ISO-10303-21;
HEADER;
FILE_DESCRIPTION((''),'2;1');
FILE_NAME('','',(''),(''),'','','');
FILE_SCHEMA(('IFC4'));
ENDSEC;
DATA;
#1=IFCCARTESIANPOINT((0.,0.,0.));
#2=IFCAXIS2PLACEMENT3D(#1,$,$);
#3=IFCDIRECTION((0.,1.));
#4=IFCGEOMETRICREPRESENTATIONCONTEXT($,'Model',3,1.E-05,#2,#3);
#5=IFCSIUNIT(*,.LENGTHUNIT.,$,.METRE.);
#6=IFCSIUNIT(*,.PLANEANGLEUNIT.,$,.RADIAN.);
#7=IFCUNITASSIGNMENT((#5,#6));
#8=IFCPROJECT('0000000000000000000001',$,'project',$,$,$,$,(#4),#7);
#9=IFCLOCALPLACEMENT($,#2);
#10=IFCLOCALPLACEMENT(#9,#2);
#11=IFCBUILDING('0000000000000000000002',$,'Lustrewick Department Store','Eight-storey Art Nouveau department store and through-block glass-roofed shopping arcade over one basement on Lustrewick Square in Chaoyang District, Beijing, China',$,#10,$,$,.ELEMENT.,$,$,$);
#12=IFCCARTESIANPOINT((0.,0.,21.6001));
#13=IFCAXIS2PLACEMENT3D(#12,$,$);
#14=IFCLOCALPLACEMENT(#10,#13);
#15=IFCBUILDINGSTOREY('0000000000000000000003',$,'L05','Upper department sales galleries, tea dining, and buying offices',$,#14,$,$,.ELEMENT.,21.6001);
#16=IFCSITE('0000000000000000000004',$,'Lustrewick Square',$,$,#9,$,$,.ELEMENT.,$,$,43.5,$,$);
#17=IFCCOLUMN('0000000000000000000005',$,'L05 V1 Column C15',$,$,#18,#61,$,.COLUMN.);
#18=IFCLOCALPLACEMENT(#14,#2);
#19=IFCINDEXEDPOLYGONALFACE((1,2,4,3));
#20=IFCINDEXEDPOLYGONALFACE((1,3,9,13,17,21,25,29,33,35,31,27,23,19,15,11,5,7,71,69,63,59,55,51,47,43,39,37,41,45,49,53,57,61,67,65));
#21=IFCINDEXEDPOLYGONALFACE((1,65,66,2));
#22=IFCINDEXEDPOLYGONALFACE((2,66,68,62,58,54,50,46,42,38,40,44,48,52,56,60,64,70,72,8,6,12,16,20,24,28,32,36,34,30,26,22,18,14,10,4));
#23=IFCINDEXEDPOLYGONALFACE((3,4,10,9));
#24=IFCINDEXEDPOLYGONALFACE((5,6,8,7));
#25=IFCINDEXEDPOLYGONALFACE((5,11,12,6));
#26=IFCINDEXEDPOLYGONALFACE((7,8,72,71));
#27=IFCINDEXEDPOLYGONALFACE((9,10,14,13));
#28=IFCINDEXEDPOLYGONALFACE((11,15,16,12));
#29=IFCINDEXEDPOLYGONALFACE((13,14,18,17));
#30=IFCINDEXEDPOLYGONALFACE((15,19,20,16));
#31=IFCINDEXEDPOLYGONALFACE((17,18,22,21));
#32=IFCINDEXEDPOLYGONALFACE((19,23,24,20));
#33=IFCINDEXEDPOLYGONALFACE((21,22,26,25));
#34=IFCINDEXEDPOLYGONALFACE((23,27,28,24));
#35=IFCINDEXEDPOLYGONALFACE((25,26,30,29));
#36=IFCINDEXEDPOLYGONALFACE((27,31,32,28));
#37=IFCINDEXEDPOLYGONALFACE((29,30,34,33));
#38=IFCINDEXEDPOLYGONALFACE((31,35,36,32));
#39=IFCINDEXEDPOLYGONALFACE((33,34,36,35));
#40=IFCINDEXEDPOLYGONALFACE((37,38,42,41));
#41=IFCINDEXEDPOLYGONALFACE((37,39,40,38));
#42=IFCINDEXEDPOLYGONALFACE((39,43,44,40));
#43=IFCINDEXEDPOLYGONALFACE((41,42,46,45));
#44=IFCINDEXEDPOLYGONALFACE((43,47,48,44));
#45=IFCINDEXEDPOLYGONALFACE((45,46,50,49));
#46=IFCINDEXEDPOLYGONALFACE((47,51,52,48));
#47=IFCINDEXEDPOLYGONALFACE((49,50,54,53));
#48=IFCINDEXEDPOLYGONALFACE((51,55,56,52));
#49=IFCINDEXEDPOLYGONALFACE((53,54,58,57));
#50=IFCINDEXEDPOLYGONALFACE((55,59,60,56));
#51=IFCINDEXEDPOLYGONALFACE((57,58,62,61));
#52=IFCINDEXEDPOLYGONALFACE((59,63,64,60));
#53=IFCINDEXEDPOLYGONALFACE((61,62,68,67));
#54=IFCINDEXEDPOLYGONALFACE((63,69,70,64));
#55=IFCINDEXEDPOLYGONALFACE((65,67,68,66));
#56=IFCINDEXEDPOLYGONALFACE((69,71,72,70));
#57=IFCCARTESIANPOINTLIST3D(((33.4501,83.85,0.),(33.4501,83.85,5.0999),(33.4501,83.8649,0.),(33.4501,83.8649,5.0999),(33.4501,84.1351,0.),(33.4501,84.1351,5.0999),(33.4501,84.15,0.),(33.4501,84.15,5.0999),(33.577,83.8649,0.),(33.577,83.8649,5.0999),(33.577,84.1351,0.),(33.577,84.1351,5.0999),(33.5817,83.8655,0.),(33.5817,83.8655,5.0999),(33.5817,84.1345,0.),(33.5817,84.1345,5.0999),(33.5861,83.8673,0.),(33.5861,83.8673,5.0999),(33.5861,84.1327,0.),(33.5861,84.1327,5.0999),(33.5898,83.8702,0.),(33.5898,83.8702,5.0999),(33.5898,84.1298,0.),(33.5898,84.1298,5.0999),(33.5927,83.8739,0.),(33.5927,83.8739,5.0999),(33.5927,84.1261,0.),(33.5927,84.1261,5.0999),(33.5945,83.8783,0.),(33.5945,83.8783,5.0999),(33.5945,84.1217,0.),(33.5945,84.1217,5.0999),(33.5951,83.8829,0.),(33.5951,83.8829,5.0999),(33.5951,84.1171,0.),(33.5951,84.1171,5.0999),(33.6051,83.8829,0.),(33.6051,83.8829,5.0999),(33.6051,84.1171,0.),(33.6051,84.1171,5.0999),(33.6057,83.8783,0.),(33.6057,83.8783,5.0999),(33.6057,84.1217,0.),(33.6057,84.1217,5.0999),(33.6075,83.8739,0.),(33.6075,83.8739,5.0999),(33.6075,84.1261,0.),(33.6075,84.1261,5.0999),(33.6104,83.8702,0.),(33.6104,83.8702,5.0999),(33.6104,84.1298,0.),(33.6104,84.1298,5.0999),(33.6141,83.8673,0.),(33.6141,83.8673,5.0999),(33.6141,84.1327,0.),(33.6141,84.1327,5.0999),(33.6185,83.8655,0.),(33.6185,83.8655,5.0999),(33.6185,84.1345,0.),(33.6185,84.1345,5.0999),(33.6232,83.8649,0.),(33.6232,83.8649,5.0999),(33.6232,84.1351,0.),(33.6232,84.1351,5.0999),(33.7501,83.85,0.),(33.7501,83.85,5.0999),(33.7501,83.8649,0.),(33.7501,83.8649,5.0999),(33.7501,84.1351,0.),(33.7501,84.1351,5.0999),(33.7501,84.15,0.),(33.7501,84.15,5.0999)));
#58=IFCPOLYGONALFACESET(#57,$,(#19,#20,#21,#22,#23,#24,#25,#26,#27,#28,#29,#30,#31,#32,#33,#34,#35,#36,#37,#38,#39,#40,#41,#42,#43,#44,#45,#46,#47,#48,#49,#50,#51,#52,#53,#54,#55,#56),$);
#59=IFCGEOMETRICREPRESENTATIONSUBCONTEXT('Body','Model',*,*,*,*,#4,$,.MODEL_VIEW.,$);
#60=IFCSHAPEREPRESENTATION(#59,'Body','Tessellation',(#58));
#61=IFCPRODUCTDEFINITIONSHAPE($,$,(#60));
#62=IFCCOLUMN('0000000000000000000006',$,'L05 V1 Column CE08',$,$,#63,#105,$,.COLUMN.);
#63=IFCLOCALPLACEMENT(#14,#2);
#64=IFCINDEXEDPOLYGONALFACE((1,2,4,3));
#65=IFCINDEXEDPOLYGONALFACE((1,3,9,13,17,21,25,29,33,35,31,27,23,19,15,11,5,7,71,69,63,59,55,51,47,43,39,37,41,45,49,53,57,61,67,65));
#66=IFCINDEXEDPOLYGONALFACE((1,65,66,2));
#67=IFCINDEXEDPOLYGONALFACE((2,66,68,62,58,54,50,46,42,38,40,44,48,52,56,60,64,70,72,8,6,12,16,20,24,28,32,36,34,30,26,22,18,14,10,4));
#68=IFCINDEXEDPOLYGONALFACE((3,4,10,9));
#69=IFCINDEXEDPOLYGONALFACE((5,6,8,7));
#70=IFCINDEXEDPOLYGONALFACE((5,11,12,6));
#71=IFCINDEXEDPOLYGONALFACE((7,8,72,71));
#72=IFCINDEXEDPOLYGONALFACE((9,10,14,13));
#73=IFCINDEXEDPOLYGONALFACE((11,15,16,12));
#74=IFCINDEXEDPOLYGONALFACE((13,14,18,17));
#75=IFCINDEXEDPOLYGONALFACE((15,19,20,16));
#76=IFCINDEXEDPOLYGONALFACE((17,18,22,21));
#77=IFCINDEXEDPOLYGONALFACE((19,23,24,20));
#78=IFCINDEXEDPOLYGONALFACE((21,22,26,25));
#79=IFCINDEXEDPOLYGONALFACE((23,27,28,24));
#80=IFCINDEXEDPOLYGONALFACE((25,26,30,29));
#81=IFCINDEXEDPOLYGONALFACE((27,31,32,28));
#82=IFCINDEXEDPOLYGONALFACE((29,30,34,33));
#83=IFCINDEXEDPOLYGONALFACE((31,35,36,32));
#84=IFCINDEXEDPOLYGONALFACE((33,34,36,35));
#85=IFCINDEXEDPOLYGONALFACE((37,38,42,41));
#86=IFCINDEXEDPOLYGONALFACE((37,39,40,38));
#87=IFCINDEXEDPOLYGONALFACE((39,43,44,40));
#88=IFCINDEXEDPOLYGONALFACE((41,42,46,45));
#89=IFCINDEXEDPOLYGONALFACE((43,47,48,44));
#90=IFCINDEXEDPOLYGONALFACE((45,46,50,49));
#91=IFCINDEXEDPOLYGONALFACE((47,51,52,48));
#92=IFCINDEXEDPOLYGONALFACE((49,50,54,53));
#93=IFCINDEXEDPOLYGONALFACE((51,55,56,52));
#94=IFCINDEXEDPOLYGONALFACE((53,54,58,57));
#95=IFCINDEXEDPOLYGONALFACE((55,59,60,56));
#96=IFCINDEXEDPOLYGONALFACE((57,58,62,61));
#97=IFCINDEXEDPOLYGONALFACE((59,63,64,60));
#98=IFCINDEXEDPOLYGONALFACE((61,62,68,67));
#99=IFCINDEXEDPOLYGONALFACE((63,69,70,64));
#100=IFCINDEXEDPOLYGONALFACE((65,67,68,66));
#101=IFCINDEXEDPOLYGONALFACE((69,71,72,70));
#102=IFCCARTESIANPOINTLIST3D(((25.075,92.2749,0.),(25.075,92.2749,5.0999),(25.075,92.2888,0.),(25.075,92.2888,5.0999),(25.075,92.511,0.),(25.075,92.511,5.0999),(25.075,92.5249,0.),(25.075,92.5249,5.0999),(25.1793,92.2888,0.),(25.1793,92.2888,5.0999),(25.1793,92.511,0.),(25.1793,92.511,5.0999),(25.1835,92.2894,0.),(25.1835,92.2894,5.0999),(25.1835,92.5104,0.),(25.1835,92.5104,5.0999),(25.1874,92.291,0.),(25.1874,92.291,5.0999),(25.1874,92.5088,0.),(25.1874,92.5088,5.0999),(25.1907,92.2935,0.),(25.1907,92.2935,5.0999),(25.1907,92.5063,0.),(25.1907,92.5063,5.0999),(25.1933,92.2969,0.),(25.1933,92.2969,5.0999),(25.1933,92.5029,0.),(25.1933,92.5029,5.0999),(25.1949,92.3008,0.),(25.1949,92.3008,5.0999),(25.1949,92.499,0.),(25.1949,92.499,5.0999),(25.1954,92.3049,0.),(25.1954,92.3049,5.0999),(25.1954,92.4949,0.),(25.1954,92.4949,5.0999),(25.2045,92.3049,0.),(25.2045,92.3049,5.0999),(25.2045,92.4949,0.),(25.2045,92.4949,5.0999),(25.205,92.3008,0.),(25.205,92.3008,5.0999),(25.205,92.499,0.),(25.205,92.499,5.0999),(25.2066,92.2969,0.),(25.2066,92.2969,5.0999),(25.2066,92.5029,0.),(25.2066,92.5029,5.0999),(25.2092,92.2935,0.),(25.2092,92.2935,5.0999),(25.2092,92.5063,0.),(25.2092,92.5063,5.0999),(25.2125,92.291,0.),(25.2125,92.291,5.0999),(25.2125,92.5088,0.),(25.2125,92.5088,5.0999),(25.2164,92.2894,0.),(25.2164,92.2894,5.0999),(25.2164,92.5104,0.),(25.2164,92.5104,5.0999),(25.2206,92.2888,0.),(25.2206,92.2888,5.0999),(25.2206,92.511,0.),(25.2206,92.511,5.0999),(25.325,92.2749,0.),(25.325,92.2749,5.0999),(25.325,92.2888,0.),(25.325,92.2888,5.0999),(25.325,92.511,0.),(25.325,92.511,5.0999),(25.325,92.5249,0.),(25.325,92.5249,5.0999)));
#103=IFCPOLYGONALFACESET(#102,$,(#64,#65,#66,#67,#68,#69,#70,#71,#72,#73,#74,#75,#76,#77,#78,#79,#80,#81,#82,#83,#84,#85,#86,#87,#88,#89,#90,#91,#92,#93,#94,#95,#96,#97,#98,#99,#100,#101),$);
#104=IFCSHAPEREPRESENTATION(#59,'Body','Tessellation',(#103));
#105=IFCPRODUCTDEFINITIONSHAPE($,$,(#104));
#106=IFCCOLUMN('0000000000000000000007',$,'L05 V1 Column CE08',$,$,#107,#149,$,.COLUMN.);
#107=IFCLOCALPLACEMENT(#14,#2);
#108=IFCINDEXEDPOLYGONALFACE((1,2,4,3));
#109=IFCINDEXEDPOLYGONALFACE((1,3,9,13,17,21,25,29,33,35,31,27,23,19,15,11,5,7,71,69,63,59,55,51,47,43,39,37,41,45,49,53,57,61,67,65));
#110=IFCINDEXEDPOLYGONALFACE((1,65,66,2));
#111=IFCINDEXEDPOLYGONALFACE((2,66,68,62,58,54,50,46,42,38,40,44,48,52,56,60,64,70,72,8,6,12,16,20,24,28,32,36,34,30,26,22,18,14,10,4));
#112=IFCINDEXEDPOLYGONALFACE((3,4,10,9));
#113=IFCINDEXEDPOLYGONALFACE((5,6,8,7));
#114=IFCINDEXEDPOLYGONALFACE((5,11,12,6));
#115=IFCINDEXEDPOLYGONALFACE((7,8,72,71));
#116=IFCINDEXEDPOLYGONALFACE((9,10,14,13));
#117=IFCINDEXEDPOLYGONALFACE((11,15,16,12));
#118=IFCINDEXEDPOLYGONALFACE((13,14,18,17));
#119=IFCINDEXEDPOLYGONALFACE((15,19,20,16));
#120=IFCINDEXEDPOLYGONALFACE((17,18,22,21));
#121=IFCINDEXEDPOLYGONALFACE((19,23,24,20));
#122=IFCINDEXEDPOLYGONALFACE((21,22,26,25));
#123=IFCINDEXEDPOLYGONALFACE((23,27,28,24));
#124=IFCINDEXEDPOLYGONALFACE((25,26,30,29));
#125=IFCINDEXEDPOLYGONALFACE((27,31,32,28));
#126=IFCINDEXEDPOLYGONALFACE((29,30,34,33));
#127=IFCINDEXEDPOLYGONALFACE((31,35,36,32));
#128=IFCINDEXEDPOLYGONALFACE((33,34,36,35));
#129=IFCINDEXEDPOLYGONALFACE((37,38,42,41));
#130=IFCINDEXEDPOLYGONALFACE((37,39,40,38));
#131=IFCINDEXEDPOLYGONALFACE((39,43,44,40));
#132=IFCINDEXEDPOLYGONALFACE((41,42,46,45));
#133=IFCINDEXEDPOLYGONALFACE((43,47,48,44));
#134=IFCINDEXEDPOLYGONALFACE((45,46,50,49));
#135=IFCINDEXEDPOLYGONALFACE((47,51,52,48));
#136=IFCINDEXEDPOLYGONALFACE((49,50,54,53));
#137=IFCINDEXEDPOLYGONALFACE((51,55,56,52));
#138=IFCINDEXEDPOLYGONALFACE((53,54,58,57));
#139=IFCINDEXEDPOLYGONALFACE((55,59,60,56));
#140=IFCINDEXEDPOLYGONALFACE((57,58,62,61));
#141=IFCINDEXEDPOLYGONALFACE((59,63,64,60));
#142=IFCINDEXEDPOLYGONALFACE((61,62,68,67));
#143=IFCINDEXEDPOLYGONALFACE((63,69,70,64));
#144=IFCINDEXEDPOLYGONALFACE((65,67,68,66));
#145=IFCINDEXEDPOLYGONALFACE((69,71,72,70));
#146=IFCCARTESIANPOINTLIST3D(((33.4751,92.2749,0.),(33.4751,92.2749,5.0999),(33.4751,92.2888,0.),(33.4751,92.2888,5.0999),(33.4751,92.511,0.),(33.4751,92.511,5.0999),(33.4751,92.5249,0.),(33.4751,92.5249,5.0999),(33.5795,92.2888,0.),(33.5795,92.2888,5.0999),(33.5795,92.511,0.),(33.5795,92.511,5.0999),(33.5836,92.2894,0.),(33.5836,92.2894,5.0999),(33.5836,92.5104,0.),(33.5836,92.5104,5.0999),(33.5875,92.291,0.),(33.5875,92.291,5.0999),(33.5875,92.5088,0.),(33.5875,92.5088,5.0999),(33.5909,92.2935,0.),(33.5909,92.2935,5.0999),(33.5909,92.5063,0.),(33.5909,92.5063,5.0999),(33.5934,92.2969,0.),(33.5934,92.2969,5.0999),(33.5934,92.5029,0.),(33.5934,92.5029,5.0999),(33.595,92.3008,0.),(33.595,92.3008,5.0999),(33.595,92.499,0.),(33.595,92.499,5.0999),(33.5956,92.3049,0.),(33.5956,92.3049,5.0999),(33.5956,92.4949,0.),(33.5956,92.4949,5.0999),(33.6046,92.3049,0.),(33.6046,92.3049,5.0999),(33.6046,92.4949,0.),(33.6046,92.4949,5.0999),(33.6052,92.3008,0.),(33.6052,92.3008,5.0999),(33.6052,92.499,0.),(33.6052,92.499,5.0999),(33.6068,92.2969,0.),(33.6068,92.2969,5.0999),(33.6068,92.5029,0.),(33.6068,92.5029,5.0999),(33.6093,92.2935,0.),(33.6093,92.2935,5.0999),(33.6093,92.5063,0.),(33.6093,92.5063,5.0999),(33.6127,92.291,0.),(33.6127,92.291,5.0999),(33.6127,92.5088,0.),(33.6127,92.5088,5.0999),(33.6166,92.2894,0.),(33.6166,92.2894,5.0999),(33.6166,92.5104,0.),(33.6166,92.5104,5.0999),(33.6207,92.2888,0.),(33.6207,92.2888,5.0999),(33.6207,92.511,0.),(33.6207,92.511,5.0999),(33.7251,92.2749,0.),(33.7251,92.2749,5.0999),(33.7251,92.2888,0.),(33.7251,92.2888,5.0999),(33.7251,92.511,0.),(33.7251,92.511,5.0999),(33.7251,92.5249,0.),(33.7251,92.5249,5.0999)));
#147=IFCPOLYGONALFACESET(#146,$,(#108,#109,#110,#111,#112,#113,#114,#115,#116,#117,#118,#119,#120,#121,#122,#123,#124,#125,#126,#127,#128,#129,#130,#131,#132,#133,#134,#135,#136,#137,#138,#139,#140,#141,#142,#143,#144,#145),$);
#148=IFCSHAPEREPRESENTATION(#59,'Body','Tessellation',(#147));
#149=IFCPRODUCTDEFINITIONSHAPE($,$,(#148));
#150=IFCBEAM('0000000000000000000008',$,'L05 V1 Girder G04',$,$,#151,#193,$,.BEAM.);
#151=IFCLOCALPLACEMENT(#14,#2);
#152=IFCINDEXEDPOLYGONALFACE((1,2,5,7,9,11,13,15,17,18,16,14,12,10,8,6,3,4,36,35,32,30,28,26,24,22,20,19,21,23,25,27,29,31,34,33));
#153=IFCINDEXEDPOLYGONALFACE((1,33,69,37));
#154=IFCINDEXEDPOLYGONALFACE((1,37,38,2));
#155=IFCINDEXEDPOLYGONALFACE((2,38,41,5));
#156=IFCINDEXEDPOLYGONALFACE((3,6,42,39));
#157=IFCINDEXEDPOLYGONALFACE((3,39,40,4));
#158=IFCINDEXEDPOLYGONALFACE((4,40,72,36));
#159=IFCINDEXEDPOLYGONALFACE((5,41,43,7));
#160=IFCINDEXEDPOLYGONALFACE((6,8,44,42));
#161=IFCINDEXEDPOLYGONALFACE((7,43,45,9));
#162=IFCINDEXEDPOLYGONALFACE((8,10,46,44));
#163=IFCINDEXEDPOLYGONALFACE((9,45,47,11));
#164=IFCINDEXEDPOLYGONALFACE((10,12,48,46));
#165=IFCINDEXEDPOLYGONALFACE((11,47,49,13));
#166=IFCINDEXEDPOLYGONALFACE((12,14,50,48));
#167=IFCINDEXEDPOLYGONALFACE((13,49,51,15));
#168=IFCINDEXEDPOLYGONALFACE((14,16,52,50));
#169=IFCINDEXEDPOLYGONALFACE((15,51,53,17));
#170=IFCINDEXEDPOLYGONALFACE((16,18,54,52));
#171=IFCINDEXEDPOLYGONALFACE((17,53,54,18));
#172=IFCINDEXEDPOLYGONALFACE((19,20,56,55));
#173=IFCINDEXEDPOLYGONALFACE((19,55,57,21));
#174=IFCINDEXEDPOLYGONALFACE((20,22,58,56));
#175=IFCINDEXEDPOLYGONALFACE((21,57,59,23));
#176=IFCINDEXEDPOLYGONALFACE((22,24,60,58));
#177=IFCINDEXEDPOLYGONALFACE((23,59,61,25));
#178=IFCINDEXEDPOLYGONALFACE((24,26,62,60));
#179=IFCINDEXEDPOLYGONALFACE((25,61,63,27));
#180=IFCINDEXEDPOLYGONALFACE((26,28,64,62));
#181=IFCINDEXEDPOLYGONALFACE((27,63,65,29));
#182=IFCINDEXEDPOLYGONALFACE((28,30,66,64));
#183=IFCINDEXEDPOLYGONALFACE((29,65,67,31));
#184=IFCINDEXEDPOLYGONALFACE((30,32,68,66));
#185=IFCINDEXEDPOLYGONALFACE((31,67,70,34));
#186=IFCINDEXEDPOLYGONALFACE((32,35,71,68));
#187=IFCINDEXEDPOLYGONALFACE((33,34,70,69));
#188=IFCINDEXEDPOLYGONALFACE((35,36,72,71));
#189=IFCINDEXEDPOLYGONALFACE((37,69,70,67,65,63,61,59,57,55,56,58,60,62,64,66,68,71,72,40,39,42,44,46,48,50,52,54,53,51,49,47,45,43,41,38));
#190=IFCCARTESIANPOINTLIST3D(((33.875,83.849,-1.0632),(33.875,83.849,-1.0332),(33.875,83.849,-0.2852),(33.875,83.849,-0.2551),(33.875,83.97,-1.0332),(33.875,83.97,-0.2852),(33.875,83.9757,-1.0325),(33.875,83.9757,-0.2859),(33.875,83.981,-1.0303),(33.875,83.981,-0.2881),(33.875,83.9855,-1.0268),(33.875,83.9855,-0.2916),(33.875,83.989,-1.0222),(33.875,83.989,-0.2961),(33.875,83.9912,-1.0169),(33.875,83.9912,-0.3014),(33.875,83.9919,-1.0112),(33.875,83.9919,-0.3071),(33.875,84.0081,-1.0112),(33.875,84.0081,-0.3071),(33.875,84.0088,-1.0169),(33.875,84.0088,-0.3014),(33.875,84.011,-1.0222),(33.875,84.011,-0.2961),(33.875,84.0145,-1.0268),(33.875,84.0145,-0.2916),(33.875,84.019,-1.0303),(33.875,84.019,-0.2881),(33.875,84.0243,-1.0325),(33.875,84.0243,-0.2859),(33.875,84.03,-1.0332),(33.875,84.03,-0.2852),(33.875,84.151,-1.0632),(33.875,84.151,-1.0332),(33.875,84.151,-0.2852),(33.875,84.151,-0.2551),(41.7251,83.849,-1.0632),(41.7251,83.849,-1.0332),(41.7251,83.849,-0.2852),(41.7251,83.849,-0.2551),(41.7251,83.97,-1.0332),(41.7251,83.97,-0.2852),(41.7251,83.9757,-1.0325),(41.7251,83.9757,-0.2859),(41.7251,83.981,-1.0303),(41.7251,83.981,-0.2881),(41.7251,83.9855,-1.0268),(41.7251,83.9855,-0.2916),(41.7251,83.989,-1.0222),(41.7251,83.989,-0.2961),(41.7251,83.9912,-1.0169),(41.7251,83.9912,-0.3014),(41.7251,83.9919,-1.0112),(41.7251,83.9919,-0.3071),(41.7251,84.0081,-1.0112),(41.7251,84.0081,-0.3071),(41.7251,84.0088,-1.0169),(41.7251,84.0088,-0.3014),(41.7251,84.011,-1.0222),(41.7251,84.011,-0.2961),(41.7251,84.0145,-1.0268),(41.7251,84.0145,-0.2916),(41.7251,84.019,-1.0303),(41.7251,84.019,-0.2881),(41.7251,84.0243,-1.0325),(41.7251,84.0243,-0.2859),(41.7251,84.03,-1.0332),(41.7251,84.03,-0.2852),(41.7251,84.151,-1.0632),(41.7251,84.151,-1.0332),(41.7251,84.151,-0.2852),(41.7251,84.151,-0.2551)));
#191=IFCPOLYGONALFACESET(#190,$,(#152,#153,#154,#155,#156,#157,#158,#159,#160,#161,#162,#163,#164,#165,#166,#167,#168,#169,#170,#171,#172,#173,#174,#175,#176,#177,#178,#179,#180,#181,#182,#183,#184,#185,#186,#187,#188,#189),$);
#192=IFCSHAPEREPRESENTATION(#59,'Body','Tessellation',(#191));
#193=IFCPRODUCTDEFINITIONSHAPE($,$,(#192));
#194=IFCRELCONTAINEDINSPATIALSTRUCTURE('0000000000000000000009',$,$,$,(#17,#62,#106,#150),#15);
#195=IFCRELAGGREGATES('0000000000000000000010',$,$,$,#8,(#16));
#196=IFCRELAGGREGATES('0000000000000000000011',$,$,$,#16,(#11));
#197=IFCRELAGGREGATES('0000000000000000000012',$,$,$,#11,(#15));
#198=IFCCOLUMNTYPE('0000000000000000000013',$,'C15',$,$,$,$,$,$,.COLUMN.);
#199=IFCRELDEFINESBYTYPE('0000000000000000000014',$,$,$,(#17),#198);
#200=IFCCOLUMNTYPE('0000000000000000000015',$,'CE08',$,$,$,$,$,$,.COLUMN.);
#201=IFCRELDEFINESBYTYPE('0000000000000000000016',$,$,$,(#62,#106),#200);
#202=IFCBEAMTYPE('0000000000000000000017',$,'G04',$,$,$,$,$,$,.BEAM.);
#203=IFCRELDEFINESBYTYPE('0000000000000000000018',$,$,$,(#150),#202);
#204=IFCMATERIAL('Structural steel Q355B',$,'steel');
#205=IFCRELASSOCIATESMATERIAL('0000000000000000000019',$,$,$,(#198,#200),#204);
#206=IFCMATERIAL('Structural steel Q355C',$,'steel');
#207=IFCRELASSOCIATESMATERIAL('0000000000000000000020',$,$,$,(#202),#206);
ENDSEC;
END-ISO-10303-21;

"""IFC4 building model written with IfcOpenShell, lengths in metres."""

from ifc_helpers import new_model, si_unit, direction, frame, origin, origin_2d, place, context, subcontext, project, spatial, i_section, extrude, material, material_profile, profile_set, type_object, element, save


model = new_model("IFC4")

# Units and contexts
model_context = context("Model", 3, precision=1e-05, world=origin(), true_north=direction((0.0, 1.0)))
body_context = subcontext(model_context, "Body", "Model", "MODEL_VIEW")
ifc_project = project(units=[si_unit("LENGTHUNIT", "METRE"), si_unit("PLANEANGLEUNIT", "RADIAN")], contexts=[model_context])

# Site, building, storey
site_placement = place(None, origin())
site = spatial("IfcSite", under=ifc_project, at=site_placement, Name="Lustrewick Square", CompositionType="ELEMENT", RefElevation=43.5)
building_placement = place(site_placement, origin())
building = spatial("IfcBuilding", under=site, at=building_placement, Name="Lustrewick Department Store", Description="Eight-storey Art Nouveau department store and through-block glass-roofed shopping arcade over one basement on Lustrewick Square in Chaoyang District, Beijing, China", CompositionType="ELEMENT")
storey_placement = place(building_placement, frame((0.0, 0.0, 21.6001)))
storey = spatial("IfcBuildingStorey", under=building, at=storey_placement, Name="L05", Description="Upper department sales galleries, tea dining, and buying offices", CompositionType="ELEMENT", Elevation=21.6001)

# Columns
ifc_material_1 = material(Name="Structural steel Q355B", Category="steel")
ifc_material_profile_1 = material_profile(ifc_material_1, i_section(OverallWidth=0.3, OverallDepth=0.3, WebThickness=0.01, FlangeThickness=0.0149, FilletRadius=0.0181, at=origin_2d()), Name="HW 300x300x10x15")
ifc_profile_set_1 = profile_set([ifc_material_profile_1], Name="Structural steel Q355B")
column_type_1 = type_object("IfcColumnType", Name="C15", PredefinedType="COLUMN", material=ifc_profile_set_1)
column_placement = place(storey_placement, frame((33.6001, 84.0, 0.0), z_axis=(0.0, 0.0, 1.0), x_axis=(1.0, 0.0, 0.0)))
element("IfcColumn", 1, at=column_placement, inside=storey, type_object=column_type_1, Name="L05 V1 Column C15", PredefinedType="COLUMN", context=body_context, shape_type="SweptSolid", body=[
    extrude(i_section(OverallWidth=0.3, OverallDepth=0.3, WebThickness=0.01, FlangeThickness=0.0149, FilletRadius=0.0181, at=origin_2d()), origin(), (0.0, 0.0, 1.0), 5.0999),
])
ifc_material_profile_2 = material_profile(ifc_material_1, i_section(OverallWidth=0.25, OverallDepth=0.25, WebThickness=0.009, FlangeThickness=0.0139, FilletRadius=0.0161, at=origin_2d()), Name="HW 250x250x9x14")
ifc_profile_set_2 = profile_set([ifc_material_profile_2], Name="Structural steel Q355B")
column_type_2 = type_object("IfcColumnType", Name="CE08", PredefinedType="COLUMN", material=ifc_profile_set_2)
for number, where, z_axis, x_axis, name in (
    (2, (25.2, 92.3999, 0.0), (0.0, 0.0, 1.0), (1.0, 0.0, 0.0), "L05 V1 Column CE08"),
    (3, (33.6001, 92.3999, 0.0), (0.0, 0.0, 1.0), (1.0, 0.0, 0.0), "L05 V1 Column CE08"),
):
    element("IfcColumn", number, at=place(storey_placement, frame(where, z_axis=z_axis, x_axis=x_axis)), inside=storey, type_object=column_type_2, Name=name, PredefinedType="COLUMN", context=body_context, shape_type="SweptSolid", body=[
        extrude(i_section(OverallWidth=0.25, OverallDepth=0.25, WebThickness=0.009, FlangeThickness=0.0139, FilletRadius=0.0161, at=origin_2d()), origin(), (0.0, 0.0, 1.0), 5.0999),
    ])

# Beam
ifc_material_2 = material(Name="Structural steel Q355C", Category="steel")
ifc_material_profile_3 = material_profile(ifc_material_2, i_section(OverallWidth=0.302, OverallDepth=0.8081, WebThickness=0.0161, FlangeThickness=0.03, FilletRadius=0.022, at=origin_2d()), Name="HN 808x302x16x30")
ifc_profile_set_3 = profile_set([ifc_material_profile_3], Name="Structural steel Q355C")
beam_type_1 = type_object("IfcBeamType", Name="G04", PredefinedType="BEAM", material=ifc_profile_set_3)
beam_1_placement = place(storey_placement, frame((33.875, 84.0, -0.6592), z_axis=(1.0, 0.0, 0.0), x_axis=(0.0, 1.0, 0.0)))
element("IfcBeam", 4, at=beam_1_placement, inside=storey, type_object=beam_type_1, Name="L05 V1 Girder G04", PredefinedType="BEAM", context=body_context, shape_type="SweptSolid", body=[
    extrude(i_section(OverallWidth=0.302, OverallDepth=0.8081, WebThickness=0.0161, FlangeThickness=0.03, FilletRadius=0.022, at=origin_2d()), origin(), (0.0, 0.0, 1.0), 7.8501),
])

save(model, "model.ifc")
